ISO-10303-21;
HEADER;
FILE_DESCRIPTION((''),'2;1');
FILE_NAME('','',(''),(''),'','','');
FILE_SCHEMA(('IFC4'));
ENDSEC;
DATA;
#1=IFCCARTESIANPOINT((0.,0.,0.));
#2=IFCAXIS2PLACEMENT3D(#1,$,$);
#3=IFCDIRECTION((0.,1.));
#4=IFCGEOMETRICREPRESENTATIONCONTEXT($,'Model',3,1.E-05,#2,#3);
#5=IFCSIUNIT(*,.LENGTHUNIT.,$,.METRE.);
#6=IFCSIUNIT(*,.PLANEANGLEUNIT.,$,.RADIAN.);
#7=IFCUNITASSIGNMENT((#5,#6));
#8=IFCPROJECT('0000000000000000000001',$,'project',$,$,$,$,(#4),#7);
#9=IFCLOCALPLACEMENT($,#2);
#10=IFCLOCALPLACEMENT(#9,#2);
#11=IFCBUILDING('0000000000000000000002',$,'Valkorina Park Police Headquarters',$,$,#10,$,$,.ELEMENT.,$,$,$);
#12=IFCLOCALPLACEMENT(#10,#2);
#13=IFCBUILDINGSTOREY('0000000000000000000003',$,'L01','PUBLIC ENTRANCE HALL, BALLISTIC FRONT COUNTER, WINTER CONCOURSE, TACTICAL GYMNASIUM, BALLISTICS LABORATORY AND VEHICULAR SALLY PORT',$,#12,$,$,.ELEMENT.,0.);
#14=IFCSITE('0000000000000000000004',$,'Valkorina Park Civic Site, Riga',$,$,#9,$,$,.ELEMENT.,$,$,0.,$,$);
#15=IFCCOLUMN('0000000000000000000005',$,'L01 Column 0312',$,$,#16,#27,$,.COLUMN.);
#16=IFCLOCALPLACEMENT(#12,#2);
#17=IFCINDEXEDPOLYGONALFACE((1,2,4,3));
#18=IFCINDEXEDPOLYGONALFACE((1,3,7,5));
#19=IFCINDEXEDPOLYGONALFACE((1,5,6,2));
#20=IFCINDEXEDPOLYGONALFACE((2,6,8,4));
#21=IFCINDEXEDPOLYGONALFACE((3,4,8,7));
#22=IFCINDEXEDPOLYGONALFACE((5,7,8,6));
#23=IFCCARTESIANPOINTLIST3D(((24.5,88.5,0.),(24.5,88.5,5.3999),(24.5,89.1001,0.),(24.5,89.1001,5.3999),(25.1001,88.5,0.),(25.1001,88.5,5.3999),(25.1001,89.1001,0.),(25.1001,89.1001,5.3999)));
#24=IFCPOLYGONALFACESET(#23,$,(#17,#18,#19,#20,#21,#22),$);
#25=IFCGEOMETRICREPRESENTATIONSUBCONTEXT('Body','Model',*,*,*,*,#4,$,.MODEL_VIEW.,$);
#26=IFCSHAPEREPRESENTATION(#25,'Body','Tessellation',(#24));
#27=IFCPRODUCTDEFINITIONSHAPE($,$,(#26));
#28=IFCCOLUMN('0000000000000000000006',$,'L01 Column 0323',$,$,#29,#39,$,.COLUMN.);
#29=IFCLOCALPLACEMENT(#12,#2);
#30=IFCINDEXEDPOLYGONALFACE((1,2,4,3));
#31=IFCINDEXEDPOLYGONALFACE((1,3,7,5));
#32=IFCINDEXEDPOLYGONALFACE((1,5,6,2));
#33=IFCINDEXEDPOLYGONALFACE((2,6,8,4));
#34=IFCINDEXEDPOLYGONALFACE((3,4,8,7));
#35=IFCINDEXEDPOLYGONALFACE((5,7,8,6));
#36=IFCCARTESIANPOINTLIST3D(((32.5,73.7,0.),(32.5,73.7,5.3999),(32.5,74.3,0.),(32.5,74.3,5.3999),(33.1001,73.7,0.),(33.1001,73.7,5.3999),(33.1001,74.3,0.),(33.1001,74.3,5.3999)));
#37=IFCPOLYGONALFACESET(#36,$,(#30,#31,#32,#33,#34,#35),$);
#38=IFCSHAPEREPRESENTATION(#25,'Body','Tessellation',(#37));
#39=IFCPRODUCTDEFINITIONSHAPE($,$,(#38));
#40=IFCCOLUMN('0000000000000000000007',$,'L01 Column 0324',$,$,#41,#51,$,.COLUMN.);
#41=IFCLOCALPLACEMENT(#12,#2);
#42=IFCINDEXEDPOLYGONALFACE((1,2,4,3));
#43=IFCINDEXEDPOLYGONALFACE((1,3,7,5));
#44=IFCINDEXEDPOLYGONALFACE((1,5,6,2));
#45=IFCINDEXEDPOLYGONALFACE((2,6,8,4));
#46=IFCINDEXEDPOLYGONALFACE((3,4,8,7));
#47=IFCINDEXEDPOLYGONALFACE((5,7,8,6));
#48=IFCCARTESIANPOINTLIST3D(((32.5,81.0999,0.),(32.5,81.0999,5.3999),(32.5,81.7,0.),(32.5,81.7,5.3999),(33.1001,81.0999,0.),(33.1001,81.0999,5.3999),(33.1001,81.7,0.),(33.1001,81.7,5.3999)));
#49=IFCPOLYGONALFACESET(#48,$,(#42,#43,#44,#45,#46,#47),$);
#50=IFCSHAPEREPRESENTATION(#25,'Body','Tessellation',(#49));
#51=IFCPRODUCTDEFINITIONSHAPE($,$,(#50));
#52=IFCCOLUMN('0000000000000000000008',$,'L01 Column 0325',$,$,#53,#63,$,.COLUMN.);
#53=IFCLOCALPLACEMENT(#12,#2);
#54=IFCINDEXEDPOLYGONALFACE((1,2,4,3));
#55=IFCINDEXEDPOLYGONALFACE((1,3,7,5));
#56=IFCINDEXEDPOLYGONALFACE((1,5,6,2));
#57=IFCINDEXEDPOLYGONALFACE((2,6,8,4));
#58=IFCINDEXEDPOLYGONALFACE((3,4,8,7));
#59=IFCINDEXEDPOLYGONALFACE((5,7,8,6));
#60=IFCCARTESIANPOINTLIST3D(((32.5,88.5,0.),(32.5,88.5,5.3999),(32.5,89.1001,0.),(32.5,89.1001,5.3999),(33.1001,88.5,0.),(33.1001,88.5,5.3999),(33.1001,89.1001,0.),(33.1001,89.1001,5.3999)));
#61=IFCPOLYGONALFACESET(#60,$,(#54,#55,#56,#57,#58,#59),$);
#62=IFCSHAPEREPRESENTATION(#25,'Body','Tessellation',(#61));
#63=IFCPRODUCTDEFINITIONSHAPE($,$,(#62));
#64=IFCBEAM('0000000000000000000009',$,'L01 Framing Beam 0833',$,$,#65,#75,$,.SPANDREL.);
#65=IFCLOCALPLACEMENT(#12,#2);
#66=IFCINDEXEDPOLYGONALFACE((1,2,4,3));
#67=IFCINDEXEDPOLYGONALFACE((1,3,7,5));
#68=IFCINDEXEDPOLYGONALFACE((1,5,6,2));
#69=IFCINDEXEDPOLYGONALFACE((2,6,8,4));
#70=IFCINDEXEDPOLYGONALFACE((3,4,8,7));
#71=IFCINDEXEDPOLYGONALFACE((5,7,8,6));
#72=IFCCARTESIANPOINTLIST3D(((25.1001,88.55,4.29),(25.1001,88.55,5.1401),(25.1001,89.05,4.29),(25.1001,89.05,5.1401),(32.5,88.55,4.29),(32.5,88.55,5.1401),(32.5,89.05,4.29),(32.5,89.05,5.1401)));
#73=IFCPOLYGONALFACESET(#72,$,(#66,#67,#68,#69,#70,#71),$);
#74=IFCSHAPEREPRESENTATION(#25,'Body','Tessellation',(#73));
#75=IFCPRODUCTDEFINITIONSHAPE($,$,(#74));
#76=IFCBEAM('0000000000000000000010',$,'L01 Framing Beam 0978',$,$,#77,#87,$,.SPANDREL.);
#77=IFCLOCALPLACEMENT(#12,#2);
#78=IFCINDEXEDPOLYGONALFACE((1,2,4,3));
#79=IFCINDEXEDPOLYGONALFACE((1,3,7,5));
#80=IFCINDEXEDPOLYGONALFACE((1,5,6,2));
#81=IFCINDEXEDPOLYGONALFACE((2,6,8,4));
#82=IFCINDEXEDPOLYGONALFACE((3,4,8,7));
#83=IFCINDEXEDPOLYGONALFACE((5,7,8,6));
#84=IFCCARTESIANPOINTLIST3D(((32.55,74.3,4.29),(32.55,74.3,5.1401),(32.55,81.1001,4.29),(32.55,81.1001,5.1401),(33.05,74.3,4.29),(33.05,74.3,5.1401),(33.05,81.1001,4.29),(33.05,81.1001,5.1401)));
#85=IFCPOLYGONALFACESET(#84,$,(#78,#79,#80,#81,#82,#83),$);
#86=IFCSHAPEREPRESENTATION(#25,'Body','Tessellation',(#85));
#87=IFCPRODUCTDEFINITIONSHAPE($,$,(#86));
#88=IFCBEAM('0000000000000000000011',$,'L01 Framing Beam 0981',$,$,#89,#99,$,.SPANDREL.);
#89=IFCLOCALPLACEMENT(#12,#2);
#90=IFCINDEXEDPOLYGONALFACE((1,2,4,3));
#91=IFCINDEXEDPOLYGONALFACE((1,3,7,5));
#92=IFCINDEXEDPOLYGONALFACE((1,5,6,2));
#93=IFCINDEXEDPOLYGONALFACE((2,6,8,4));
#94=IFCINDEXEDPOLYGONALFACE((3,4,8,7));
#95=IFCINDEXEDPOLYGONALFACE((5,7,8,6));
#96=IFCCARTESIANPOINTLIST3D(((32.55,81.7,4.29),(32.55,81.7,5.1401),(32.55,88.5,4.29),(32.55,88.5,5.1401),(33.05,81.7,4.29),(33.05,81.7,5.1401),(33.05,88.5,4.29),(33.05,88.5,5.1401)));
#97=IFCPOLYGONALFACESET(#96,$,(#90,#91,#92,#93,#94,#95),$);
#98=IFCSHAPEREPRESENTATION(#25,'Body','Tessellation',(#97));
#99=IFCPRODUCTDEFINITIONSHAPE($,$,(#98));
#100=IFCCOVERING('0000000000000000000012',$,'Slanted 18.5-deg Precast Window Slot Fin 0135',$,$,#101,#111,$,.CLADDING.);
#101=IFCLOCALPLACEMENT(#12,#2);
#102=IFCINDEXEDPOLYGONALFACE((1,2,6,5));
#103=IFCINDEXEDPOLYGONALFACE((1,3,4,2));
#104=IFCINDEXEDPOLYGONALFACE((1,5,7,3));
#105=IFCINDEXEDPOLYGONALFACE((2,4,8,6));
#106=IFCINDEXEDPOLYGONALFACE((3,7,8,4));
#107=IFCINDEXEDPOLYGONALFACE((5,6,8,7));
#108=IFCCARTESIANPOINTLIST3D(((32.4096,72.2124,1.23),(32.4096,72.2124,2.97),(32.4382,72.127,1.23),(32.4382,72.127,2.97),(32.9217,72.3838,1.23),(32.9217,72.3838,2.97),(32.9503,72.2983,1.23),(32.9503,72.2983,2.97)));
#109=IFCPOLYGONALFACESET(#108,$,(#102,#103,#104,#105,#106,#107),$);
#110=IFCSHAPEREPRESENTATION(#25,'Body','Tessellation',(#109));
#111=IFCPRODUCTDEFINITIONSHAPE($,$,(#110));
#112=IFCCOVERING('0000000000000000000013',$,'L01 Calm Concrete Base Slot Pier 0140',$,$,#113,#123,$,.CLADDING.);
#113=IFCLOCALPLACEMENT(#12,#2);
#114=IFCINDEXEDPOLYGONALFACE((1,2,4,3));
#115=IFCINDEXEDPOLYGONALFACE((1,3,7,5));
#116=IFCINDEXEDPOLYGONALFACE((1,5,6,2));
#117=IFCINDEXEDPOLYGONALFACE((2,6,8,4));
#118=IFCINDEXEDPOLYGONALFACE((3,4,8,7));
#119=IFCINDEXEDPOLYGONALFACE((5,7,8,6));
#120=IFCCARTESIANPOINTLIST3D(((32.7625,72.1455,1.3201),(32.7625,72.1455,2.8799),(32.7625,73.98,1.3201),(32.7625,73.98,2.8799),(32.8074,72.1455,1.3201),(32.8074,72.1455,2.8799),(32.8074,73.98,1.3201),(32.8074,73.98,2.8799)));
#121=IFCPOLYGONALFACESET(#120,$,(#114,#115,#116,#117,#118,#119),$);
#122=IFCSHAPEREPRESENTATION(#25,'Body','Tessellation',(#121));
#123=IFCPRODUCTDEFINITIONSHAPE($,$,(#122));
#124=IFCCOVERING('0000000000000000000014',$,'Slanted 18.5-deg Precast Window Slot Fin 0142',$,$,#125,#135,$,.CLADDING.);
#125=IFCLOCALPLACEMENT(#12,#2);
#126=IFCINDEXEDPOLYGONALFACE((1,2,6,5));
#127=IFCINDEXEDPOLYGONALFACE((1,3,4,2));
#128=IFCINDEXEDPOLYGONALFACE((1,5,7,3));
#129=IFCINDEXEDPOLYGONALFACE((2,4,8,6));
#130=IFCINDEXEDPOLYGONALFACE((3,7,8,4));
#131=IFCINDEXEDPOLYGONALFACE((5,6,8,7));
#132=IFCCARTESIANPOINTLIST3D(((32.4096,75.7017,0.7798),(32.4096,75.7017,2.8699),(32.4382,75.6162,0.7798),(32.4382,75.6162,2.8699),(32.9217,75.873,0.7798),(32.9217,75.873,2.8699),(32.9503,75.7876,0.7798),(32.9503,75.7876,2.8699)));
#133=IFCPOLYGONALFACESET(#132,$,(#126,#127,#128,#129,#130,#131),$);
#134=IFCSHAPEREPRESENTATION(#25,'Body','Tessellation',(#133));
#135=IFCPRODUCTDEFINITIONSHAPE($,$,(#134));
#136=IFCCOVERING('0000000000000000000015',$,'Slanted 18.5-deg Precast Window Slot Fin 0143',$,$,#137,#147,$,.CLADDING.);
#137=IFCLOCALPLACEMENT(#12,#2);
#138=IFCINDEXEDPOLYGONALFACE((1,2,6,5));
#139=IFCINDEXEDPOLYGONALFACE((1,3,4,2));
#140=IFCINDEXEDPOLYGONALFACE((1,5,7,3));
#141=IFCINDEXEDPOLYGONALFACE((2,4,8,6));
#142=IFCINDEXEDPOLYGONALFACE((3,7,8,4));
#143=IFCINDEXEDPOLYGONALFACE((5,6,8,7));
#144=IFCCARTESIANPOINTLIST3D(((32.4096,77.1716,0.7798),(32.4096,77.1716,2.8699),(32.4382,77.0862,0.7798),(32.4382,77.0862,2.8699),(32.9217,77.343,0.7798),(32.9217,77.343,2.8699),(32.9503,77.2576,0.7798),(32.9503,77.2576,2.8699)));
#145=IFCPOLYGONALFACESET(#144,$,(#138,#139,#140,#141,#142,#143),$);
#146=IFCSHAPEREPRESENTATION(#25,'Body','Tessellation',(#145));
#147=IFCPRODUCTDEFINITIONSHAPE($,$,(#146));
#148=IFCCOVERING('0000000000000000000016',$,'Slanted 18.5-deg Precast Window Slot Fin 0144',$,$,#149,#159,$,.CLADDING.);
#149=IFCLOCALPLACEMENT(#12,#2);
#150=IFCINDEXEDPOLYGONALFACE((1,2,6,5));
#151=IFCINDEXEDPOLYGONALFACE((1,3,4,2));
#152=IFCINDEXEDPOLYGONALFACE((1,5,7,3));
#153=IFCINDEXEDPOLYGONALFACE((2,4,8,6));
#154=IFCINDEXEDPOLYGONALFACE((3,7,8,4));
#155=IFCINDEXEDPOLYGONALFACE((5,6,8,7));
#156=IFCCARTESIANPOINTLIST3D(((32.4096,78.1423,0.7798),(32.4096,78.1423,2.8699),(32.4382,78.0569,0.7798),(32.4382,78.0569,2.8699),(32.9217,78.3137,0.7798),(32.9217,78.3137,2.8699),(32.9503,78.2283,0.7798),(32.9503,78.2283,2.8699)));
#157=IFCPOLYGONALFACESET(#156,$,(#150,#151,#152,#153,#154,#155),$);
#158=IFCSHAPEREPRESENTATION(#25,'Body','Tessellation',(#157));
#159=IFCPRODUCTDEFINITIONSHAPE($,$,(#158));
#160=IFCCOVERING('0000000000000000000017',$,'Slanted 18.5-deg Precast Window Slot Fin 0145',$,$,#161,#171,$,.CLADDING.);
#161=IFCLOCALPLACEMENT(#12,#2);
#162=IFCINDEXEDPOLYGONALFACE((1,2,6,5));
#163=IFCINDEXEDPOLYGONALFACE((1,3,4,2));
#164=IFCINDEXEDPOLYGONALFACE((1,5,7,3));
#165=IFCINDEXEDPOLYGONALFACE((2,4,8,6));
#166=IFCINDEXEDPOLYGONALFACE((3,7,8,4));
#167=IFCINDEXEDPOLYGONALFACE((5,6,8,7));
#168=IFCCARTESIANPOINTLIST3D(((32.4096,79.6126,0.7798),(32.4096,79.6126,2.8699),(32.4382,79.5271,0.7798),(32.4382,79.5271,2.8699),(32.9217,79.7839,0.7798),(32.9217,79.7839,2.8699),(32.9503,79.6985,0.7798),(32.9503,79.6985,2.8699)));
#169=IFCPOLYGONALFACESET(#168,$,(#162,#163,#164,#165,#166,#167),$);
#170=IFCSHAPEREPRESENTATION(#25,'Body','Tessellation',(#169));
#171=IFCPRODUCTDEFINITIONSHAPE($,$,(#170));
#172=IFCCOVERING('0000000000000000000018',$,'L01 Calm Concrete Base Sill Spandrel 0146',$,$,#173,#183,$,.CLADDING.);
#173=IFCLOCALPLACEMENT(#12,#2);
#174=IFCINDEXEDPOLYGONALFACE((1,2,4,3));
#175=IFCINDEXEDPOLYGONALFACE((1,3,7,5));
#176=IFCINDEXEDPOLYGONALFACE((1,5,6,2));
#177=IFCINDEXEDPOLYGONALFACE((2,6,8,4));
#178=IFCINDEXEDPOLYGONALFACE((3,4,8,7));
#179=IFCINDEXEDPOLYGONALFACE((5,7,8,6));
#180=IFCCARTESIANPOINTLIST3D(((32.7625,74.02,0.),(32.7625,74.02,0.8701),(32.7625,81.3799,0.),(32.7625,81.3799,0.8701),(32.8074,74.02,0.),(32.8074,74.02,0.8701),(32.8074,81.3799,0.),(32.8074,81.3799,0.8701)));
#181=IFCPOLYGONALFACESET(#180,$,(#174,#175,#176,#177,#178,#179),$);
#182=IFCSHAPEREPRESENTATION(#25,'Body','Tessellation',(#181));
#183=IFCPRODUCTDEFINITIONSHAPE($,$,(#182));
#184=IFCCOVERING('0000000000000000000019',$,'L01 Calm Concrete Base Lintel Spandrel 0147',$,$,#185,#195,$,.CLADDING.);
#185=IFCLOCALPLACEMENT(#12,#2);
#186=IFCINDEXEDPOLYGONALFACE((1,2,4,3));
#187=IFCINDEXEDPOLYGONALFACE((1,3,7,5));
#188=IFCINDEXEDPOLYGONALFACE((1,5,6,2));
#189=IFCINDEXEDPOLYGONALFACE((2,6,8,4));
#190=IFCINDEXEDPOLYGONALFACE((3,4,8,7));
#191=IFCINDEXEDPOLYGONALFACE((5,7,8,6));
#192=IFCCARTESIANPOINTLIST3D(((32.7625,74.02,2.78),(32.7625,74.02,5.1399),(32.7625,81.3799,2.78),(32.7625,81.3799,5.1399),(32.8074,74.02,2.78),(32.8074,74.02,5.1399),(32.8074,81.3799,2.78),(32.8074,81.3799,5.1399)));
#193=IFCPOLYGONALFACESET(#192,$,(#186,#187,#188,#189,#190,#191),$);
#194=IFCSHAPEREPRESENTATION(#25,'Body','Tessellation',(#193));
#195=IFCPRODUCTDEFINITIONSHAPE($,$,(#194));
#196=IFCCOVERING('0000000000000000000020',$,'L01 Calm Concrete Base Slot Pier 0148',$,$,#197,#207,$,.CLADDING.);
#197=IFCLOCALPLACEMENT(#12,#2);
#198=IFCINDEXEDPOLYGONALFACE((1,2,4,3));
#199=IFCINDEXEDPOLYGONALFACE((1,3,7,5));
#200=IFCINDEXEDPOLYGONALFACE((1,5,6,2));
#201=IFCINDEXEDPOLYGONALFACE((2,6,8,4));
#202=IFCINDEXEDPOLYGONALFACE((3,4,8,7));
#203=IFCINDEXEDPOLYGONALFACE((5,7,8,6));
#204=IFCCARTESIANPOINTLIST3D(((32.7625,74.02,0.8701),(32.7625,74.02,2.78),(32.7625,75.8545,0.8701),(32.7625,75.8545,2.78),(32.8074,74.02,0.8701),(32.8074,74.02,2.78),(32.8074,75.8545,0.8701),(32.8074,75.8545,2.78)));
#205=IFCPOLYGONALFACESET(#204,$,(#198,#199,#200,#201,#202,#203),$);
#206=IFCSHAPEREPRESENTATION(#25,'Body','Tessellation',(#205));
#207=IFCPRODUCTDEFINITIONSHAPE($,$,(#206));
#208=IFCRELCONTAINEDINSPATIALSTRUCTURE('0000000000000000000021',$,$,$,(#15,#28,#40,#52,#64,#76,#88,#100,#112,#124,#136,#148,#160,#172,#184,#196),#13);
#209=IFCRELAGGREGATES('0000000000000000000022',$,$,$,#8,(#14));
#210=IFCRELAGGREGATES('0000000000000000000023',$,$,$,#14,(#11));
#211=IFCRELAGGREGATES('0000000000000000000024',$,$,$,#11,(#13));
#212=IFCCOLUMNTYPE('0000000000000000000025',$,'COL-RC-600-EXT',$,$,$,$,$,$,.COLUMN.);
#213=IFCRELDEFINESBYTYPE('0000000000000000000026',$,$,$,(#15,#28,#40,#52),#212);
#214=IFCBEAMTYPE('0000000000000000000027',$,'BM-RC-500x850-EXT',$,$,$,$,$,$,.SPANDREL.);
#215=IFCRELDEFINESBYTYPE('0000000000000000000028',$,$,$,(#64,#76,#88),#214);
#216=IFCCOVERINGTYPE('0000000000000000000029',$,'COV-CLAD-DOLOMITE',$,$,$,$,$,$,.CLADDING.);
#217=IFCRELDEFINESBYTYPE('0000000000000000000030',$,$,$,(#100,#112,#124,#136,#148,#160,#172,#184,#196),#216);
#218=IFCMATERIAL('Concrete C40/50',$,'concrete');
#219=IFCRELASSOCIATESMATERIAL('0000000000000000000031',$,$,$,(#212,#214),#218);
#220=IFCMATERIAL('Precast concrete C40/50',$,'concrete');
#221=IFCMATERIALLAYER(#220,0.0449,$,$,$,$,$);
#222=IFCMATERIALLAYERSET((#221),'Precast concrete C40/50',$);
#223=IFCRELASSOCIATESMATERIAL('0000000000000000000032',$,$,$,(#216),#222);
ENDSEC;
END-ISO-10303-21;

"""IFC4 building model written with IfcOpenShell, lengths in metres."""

from ifc_helpers import new_model, si_unit, direction, frame, frame_2d, origin, origin_2d, place, context, subcontext, project, spatial, rectangle, extrude, material, layer, layer_set, material_profile, profile_set, type_object, element, save


model = new_model("IFC4")

# Units and contexts
model_context = context("Model", 3, precision=1e-05, world=origin(), true_north=direction((0.0, 1.0)))
body_context = subcontext(model_context, "Body", "Model", "MODEL_VIEW")
ifc_project = project(units=[si_unit("LENGTHUNIT", "METRE"), si_unit("PLANEANGLEUNIT", "RADIAN")], contexts=[model_context])

# Site, building, storey
site_placement = place(None, origin())
site = spatial("IfcSite", under=ifc_project, at=site_placement, Name="Valkorina Park Civic Site, Riga", CompositionType="ELEMENT", RefElevation=0.0)
building_placement = place(site_placement, origin())
building = spatial("IfcBuilding", under=site, at=building_placement, Name="Valkorina Park Police Headquarters", CompositionType="ELEMENT")
storey_placement = place(building_placement, origin())
storey = spatial("IfcBuildingStorey", under=building, at=storey_placement, Name="L01", Description="PUBLIC ENTRANCE HALL, BALLISTIC FRONT COUNTER, WINTER CONCOURSE, TACTICAL GYMNASIUM, BALLISTICS LABORATORY AND VEHICULAR SALLY PORT", CompositionType="ELEMENT", Elevation=0.0)

# Columns
ifc_material_1 = material(Name="Concrete C40/50", Category="concrete")
ifc_material_profile_1 = material_profile(ifc_material_1, rectangle(XDim=0.6001, YDim=0.6001, at=origin_2d()), Name="RC COL 600x600")
ifc_profile_set_1 = profile_set([ifc_material_profile_1], Name="Concrete C40/50")
column_type = type_object("IfcColumnType", Name="COL-RC-600-EXT", PredefinedType="COLUMN", material=ifc_profile_set_1)
for number, where, z_axis, x_axis, name in (
    (1, (24.8, 88.8, 0.0), (0.0, 0.0, 1.0), (1.0, 0.0, 0.0), "L01 Column 0312"),
    (2, (32.8, 74.0, 0.0), (0.0, 0.0, 1.0), (1.0, 0.0, 0.0), "L01 Column 0323"),
    (3, (32.8, 81.3999, 0.0), (0.0, 0.0, 1.0), (1.0, 0.0, 0.0), "L01 Column 0324"),
    (4, (32.8, 88.8, 0.0), (0.0, 0.0, 1.0), (1.0, 0.0, 0.0), "L01 Column 0325"),
):
    element("IfcColumn", number, at=place(storey_placement, frame(where, z_axis=z_axis, x_axis=x_axis)), inside=storey, type_object=column_type, Name=name, PredefinedType="COLUMN", context=body_context, shape_type="SweptSolid", body=[
        extrude(rectangle(XDim=0.6001, YDim=0.6001, at=origin_2d()), origin(), (0.0, 0.0, 1.0), 5.3999),
    ])

# Beams
ifc_material_profile_2 = material_profile(ifc_material_1, rectangle(XDim=0.5, YDim=0.8501, at=origin_2d()), Name="RC BEAM 500x850")
ifc_profile_set_2 = profile_set([ifc_material_profile_2], Name="Concrete C40/50")
beam_type = type_object("IfcBeamType", Name="BM-RC-500x850-EXT", PredefinedType="SPANDREL", material=ifc_profile_set_2)
beam_placement = place(storey_placement, frame((25.1001, 88.8, 4.7151), z_axis=(1.0, 0.0, 0.0), x_axis=(0.0, 1.0, 0.0)))
element("IfcBeam", 5, at=beam_placement, inside=storey, type_object=beam_type, Name="L01 Framing Beam 0833", PredefinedType="SPANDREL", context=body_context, shape_type="SweptSolid", body=[
    extrude(rectangle(XDim=0.5, YDim=0.8501, at=origin_2d()), origin(), (0.0, 0.0, 1.0), 7.3999),
])
for number, where, z_axis, x_axis, name in (
    (6, (32.8, 74.3, 4.7151), (0.0, 1.0, 0.0), (-1.0, 0.0, 0.0), "L01 Framing Beam 0978"),
    (7, (32.8, 81.7, 4.7151), (0.0, 1.0, 0.0), (-1.0, 0.0, 0.0), "L01 Framing Beam 0981"),
):
    element("IfcBeam", number, at=place(storey_placement, frame(where, z_axis=z_axis, x_axis=x_axis)), inside=storey, type_object=beam_type, Name=name, PredefinedType="SPANDREL", context=body_context, shape_type="SweptSolid", body=[
        extrude(rectangle(XDim=0.5, YDim=0.8501, at=origin_2d()), origin(), (0.0, 0.0, 1.0), 6.8),
    ])

# Coverings
ifc_material_2 = material(Name="Precast concrete C40/50", Category="concrete")
ifc_layer = layer(ifc_material_2, 0.0449)
ifc_layer_set = layer_set([ifc_layer], Name="Precast concrete C40/50")
covering_type = type_object("IfcCoveringType", Name="COV-CLAD-DOLOMITE", PredefinedType="CLADDING", material=ifc_layer_set)
covering_1_placement = place(storey_placement, frame((32.6799, 72.2554, 1.23), z_axis=(0.0, 0.0, 1.0), x_axis=(-0.948324, -0.317305, 0.0)))
element("IfcCovering", 8, at=covering_1_placement, inside=storey, type_object=covering_type, Name="Slanted 18.5-deg Precast Window Slot Fin 0135", PredefinedType="CLADDING", context=body_context, shape_type="SweptSolid", body=[
    extrude(rectangle(XDim=0.54, YDim=0.0901, at=origin_2d()), origin(), (0.0, 0.0, 1.0), 1.74),
])
covering_2_placement = place(storey_placement, frame((32.7849, 72.1455, 1.3201), z_axis=(0.0, 0.0, 1.0), x_axis=(0.0, 1.0, 0.0)))
element("IfcCovering", 9, at=covering_2_placement, inside=storey, type_object=covering_type, Name="L01 Calm Concrete Base Slot Pier 0140", PredefinedType="CLADDING", context=body_context, shape_type="SweptSolid", body=[
    extrude(rectangle(XDim=1.8345, YDim=0.0449, at=frame_2d((0.9172, 0.0))), origin(), (0.0, 0.0, 1.0), 1.5598),
])
for number, where, z_axis, x_axis, name in (
    (10, (32.6799, 75.7446, 0.7798), (0.0, 0.0, 1.0), (-0.948324, -0.317305, 0.0), "Slanted 18.5-deg Precast Window Slot Fin 0142"),
    (11, (32.6799, 77.2146, 0.7798), (0.0, 0.0, 1.0), (-0.948324, -0.317305, 0.0), "Slanted 18.5-deg Precast Window Slot Fin 0143"),
    (12, (32.6799, 78.1853, 0.7798), (0.0, 0.0, 1.0), (-0.948324, -0.317305, 0.0), "Slanted 18.5-deg Precast Window Slot Fin 0144"),
    (13, (32.6799, 79.6555, 0.7798), (0.0, 0.0, 1.0), (-0.948324, -0.317305, 0.0), "Slanted 18.5-deg Precast Window Slot Fin 0145"),
):
    element("IfcCovering", number, at=place(storey_placement, frame(where, z_axis=z_axis, x_axis=x_axis)), inside=storey, type_object=covering_type, Name=name, PredefinedType="CLADDING", context=body_context, shape_type="SweptSolid", body=[
        extrude(rectangle(XDim=0.54, YDim=0.0901, at=origin_2d()), origin(), (0.0, 0.0, 1.0), 2.0901),
    ])
covering_3_placement = place(storey_placement, frame((32.7849, 74.02, 0.0), z_axis=(0.0, 0.0, 1.0), x_axis=(0.0, 1.0, 0.0)))
element("IfcCovering", 14, at=covering_3_placement, inside=storey, type_object=covering_type, Name="L01 Calm Concrete Base Sill Spandrel 0146", PredefinedType="CLADDING", context=body_context, shape_type="SweptSolid", body=[
    extrude(rectangle(XDim=7.3599, YDim=0.0449, at=frame_2d((3.6799, 0.0))), origin(), (0.0, 0.0, 1.0), 0.8701),
])
covering_4_placement = place(storey_placement, frame((32.7849, 74.02, 2.78), z_axis=(0.0, 0.0, 1.0), x_axis=(0.0, 1.0, 0.0)))
element("IfcCovering", 15, at=covering_4_placement, inside=storey, type_object=covering_type, Name="L01 Calm Concrete Base Lintel Spandrel 0147", PredefinedType="CLADDING", context=body_context, shape_type="SweptSolid", body=[
    extrude(rectangle(XDim=7.3599, YDim=0.0449, at=frame_2d((3.6799, 0.0))), origin(), (0.0, 0.0, 1.0), 2.3599),
])
covering_5_placement = place(storey_placement, frame((32.7849, 74.02, 0.8701), z_axis=(0.0, 0.0, 1.0), x_axis=(0.0, 1.0, 0.0)))
element("IfcCovering", 16, at=covering_5_placement, inside=storey, type_object=covering_type, Name="L01 Calm Concrete Base Slot Pier 0148", PredefinedType="CLADDING", context=body_context, shape_type="SweptSolid", body=[
    extrude(rectangle(XDim=1.8345, YDim=0.0449, at=frame_2d((0.9172, 0.0))), origin(), (0.0, 0.0, 1.0), 1.9099),
])

save(model, "model.ifc")
